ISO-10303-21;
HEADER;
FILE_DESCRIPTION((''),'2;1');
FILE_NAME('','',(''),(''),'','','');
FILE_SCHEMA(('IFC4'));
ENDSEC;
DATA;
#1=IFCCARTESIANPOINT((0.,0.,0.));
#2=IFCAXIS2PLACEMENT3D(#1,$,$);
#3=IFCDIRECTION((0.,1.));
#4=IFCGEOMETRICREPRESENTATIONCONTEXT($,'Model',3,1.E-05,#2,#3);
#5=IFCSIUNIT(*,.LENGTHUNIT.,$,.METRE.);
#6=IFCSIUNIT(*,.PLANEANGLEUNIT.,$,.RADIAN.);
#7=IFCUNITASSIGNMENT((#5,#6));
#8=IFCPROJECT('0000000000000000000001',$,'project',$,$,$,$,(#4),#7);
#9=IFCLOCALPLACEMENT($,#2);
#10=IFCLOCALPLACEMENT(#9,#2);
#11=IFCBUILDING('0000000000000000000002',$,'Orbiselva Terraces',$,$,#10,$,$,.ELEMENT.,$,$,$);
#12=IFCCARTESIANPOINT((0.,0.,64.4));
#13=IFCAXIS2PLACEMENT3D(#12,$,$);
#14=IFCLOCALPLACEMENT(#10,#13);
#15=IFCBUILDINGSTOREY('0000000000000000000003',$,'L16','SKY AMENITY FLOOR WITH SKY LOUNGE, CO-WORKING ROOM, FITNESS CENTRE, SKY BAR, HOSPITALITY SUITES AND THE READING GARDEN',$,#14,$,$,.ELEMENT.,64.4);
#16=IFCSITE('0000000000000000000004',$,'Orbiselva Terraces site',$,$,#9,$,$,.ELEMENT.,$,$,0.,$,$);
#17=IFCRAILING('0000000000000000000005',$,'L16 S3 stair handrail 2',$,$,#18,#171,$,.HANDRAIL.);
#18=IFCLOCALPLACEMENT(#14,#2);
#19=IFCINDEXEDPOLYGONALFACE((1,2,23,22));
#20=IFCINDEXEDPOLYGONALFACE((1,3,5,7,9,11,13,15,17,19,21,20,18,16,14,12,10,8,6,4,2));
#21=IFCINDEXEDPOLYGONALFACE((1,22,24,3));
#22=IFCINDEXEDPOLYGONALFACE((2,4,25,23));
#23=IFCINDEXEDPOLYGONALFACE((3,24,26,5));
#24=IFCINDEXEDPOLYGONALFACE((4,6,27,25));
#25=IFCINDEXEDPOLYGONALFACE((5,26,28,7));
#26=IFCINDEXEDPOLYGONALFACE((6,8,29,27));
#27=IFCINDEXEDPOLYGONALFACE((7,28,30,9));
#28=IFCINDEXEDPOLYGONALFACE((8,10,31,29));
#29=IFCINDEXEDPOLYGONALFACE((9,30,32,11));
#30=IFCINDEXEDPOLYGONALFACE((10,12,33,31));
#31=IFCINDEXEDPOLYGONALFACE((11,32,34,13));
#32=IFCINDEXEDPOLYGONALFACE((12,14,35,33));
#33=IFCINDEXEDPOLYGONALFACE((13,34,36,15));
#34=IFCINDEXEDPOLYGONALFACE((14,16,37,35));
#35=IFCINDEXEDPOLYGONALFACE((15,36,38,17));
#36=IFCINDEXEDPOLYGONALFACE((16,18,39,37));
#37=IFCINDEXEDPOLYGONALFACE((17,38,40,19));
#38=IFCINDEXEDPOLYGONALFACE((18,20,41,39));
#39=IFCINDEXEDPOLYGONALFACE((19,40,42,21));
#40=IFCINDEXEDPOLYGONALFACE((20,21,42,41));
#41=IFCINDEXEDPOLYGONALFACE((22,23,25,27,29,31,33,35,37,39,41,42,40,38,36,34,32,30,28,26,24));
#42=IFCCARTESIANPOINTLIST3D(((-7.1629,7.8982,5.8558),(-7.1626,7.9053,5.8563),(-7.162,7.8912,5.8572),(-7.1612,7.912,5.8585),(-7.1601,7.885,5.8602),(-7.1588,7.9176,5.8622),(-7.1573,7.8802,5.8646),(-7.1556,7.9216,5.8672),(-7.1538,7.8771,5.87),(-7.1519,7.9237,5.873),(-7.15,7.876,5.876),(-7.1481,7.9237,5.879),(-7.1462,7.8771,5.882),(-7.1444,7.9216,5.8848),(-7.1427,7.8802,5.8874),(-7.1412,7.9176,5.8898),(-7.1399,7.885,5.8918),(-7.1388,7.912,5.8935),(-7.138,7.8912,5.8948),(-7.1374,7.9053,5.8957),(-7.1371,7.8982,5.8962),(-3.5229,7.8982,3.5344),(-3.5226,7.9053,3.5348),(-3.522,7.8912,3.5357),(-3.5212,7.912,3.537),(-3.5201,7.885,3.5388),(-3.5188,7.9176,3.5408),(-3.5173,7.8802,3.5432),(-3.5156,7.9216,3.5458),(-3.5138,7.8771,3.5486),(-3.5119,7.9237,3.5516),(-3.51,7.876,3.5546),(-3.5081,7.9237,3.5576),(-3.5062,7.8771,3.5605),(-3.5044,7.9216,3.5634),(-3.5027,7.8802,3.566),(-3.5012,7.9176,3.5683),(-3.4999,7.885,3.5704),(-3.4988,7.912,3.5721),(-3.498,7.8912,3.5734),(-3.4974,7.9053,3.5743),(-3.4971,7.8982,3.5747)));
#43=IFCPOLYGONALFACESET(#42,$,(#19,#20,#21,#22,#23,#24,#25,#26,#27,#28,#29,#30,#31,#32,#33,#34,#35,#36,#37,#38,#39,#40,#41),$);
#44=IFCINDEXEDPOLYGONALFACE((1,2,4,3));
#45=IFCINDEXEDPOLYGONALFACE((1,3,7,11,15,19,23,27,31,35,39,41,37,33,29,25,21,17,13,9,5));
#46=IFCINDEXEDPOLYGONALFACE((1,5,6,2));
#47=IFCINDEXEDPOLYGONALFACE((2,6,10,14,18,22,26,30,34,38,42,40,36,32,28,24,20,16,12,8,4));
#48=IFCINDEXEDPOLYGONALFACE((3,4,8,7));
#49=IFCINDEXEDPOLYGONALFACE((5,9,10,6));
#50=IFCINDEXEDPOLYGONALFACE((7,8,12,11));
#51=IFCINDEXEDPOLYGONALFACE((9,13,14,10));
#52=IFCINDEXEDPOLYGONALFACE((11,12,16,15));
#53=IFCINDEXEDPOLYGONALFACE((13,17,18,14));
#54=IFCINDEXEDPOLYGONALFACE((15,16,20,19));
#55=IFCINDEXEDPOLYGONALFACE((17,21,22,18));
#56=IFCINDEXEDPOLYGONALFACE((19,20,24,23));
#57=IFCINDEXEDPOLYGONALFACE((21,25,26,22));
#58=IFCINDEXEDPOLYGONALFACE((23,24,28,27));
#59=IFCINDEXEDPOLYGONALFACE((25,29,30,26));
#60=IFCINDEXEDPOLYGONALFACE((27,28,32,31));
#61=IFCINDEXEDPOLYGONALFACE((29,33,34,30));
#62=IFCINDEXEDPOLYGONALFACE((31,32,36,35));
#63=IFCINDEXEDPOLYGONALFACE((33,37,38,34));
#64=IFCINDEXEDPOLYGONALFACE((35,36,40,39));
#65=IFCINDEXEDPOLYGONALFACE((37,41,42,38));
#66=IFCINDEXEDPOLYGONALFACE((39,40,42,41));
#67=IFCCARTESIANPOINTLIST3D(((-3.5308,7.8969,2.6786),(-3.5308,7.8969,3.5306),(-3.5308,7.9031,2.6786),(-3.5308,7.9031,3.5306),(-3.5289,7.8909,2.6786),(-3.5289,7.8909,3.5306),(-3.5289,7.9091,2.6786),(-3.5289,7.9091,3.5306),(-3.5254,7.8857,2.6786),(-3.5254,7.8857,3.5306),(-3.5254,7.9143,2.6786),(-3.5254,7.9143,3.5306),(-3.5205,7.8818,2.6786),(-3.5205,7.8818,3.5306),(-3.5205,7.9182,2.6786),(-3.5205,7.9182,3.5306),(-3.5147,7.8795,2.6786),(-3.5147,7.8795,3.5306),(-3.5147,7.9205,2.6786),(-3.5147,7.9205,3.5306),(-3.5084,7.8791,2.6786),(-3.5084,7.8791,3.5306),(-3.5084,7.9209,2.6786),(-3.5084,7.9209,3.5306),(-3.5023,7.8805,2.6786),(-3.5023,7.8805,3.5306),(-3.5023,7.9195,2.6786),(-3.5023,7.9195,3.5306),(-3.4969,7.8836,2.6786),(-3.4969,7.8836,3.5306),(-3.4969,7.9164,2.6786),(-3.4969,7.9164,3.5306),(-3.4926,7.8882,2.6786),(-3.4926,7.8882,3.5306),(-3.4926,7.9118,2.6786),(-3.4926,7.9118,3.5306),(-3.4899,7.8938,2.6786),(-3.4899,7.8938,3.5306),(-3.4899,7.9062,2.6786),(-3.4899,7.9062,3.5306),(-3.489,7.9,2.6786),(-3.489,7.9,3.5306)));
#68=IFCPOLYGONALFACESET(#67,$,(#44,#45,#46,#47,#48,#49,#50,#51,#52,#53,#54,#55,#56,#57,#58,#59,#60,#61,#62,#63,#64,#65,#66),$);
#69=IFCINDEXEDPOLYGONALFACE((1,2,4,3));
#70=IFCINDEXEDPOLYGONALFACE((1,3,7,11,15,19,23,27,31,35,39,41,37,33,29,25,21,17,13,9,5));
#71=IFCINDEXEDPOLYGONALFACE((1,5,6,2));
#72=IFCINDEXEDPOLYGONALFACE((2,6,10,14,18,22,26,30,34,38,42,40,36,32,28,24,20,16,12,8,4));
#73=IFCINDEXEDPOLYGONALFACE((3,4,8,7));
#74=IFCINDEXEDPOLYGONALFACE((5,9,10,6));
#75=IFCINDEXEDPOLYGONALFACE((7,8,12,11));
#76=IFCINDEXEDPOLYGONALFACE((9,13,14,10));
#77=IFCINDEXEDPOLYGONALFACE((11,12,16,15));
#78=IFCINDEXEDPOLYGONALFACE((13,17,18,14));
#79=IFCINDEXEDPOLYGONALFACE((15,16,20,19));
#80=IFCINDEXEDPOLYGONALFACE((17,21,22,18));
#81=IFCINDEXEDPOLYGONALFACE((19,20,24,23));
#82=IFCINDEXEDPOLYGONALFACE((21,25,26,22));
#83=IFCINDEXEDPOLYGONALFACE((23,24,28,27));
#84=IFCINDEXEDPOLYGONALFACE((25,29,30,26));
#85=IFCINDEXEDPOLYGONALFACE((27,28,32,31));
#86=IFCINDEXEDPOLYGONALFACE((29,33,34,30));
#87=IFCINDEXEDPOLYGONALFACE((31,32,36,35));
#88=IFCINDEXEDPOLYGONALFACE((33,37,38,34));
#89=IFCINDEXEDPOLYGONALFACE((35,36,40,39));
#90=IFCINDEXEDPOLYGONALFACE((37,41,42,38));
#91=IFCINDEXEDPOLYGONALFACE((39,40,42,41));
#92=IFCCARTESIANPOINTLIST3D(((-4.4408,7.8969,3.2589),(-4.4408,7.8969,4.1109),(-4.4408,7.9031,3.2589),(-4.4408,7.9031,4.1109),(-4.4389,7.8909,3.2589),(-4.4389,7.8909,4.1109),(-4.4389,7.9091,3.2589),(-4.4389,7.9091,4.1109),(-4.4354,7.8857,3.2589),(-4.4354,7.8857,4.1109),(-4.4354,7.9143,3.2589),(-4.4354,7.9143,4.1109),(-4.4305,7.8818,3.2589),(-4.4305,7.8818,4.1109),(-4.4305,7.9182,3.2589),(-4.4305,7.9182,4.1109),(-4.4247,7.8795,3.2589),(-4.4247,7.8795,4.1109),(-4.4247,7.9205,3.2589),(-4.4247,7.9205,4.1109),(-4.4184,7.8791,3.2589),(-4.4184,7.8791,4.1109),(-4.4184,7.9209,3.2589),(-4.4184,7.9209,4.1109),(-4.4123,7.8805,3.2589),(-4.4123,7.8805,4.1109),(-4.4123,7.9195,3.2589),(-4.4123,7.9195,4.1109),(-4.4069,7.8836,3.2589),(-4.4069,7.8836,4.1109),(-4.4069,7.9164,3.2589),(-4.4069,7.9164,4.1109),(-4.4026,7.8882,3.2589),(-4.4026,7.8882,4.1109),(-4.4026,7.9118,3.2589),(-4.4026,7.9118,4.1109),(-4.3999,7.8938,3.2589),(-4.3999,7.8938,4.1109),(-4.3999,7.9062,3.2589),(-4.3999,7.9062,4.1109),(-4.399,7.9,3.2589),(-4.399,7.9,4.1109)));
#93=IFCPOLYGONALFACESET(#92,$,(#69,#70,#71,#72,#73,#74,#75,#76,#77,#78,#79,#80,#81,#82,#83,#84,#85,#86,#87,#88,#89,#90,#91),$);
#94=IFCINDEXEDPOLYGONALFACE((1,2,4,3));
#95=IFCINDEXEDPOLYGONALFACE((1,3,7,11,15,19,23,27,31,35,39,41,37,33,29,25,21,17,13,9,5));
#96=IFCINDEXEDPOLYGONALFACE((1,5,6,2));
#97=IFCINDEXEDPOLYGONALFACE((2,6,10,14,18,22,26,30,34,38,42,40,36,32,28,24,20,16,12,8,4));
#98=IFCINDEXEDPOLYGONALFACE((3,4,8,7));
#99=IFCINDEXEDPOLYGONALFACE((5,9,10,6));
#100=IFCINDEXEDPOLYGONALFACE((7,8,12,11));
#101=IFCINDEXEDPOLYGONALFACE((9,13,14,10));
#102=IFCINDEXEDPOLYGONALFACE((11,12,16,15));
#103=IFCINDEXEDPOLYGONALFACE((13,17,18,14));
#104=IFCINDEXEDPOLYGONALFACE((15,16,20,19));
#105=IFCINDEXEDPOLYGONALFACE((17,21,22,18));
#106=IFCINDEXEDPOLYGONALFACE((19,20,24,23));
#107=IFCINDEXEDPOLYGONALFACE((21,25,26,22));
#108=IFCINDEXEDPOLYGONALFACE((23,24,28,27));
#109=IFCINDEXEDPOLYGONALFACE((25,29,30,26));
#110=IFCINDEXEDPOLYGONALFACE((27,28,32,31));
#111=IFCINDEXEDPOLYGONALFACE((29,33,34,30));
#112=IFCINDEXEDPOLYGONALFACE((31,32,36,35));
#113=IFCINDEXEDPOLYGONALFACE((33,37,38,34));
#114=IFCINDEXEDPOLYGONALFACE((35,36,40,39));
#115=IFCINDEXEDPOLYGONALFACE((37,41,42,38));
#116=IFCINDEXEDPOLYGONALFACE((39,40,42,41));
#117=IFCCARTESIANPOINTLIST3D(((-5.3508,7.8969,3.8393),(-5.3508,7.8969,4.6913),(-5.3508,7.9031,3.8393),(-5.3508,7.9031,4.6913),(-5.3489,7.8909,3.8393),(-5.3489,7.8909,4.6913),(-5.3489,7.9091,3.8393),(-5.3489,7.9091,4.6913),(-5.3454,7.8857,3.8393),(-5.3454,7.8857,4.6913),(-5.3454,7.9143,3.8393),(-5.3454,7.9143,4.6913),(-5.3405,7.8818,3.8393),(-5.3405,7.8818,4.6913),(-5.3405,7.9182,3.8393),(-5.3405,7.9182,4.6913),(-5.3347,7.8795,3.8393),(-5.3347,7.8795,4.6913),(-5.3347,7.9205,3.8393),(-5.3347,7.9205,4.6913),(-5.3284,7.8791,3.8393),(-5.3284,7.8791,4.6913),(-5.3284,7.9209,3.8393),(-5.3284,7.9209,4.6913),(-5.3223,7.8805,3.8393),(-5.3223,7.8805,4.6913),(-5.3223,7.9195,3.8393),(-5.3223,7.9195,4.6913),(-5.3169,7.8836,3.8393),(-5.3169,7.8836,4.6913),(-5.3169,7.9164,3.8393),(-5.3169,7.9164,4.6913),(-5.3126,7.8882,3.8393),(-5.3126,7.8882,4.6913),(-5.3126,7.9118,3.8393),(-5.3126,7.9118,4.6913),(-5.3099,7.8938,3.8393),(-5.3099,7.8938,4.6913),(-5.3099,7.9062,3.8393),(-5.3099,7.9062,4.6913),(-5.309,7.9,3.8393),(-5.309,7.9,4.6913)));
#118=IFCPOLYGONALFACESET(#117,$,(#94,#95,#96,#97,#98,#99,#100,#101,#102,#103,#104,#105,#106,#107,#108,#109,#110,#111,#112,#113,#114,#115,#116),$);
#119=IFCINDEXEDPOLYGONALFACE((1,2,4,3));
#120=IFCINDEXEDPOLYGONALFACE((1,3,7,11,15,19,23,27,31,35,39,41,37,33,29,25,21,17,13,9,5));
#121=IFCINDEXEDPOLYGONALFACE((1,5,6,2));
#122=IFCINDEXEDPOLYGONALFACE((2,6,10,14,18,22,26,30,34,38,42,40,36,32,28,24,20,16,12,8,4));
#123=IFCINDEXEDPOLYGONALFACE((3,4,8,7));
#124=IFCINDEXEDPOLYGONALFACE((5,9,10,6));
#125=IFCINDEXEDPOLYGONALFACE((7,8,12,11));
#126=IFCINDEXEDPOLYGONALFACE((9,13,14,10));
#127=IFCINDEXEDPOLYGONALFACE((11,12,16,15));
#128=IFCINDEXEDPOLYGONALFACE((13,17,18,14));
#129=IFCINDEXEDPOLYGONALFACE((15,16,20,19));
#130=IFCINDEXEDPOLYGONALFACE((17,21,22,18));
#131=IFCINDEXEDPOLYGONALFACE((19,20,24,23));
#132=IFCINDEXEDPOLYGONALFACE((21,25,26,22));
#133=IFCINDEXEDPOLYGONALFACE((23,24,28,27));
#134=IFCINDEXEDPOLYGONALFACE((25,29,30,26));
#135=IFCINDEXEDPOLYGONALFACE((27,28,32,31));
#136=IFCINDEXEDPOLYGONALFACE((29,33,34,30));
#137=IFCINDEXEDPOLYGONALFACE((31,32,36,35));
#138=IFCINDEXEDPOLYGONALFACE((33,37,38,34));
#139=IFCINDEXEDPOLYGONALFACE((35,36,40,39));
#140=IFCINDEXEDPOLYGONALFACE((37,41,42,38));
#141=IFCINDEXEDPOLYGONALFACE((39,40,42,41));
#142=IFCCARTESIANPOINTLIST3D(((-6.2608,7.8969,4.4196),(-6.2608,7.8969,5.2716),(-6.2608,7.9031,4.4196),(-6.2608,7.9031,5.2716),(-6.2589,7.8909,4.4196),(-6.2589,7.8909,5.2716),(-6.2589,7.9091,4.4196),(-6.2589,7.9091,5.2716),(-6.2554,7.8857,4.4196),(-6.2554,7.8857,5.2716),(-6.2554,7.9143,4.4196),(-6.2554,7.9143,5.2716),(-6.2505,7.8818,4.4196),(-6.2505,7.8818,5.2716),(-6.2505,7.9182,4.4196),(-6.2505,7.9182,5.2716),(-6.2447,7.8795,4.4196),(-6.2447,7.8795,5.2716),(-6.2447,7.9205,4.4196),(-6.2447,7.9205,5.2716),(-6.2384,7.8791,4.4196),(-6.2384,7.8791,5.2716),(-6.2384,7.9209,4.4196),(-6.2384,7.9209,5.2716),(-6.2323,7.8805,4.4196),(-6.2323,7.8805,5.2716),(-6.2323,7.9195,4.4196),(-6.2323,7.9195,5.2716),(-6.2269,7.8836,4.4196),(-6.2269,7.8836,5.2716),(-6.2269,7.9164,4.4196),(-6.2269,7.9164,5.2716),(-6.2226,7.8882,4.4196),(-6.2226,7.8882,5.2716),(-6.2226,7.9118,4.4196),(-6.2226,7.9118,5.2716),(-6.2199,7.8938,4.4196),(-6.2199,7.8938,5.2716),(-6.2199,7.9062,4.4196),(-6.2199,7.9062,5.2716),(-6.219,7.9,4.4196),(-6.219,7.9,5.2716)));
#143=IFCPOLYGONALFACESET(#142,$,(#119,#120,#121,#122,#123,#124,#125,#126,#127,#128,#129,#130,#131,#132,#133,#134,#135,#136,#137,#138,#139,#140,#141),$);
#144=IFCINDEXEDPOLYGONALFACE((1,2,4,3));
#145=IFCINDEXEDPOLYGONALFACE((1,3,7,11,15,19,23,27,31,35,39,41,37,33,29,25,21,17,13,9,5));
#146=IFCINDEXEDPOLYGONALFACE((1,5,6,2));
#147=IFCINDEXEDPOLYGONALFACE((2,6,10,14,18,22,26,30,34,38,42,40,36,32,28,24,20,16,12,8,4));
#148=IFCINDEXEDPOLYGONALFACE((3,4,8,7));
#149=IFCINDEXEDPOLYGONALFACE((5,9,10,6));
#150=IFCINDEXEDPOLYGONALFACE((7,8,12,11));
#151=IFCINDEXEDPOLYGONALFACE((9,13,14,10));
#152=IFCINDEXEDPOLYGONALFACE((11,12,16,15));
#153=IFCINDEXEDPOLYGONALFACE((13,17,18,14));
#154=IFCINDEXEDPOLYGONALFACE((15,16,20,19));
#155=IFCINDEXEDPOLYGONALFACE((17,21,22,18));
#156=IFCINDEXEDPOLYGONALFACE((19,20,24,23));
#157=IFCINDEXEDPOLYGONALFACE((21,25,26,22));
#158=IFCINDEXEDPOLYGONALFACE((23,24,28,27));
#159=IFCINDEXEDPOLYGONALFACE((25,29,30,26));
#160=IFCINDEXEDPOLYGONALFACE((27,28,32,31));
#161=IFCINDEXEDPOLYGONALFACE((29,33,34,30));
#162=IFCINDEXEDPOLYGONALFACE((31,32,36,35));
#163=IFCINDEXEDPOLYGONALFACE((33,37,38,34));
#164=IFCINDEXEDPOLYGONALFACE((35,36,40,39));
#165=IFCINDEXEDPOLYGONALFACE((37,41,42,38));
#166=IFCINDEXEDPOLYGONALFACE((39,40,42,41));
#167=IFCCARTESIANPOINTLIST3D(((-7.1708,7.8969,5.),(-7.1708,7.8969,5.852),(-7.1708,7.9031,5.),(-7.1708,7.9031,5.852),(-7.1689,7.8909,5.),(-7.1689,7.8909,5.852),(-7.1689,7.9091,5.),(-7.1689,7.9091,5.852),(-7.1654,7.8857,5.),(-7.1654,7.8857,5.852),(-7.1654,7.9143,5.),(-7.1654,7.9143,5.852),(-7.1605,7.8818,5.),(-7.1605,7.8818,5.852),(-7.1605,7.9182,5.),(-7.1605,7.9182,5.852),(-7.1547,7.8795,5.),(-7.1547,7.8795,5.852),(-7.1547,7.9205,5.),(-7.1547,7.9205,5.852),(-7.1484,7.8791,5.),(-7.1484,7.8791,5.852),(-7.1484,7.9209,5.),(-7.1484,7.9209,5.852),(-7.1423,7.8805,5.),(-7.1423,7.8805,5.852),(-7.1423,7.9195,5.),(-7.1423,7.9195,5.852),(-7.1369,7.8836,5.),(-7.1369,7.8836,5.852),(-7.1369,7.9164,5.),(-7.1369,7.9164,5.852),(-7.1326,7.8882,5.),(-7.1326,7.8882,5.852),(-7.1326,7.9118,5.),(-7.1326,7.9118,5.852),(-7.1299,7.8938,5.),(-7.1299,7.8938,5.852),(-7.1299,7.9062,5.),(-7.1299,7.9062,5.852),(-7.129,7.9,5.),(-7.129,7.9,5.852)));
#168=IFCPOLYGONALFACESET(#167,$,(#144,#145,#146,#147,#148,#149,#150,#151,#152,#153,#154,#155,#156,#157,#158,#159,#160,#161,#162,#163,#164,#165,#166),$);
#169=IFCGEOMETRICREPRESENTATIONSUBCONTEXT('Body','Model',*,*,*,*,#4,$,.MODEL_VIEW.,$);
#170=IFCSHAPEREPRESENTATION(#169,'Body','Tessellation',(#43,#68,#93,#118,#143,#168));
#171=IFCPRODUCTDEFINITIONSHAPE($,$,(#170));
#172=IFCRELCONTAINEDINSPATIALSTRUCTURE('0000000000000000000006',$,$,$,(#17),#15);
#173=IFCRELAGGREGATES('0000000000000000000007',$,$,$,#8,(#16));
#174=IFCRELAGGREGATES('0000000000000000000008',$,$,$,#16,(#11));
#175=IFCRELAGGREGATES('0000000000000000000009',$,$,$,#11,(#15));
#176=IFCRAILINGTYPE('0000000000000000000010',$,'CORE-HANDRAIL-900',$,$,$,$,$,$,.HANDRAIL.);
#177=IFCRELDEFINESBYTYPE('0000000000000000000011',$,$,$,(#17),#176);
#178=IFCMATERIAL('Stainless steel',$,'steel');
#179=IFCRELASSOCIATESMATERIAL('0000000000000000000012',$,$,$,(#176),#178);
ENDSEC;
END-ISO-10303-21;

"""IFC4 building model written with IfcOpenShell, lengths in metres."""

from ifc_helpers import new_model, si_unit, direction, frame, origin, origin_2d, place, context, subcontext, project, spatial, circle, extrude, material, type_object, element, save


model = new_model("IFC4")

# Units and contexts
model_context = context("Model", 3, precision=1e-05, world=origin(), true_north=direction((0.0, 1.0)))
body_context = subcontext(model_context, "Body", "Model", "MODEL_VIEW")
ifc_project = project(units=[si_unit("LENGTHUNIT", "METRE"), si_unit("PLANEANGLEUNIT", "RADIAN")], contexts=[model_context])

# Site, building, storey
site_placement = place(None, origin())
site = spatial("IfcSite", under=ifc_project, at=site_placement, Name="Orbiselva Terraces site", CompositionType="ELEMENT", RefElevation=0.0)
building_placement = place(site_placement, origin())
building = spatial("IfcBuilding", under=site, at=building_placement, Name="Orbiselva Terraces", CompositionType="ELEMENT")
storey_placement = place(building_placement, frame((0.0, 0.0, 64.4)))
storey = spatial("IfcBuildingStorey", under=building, at=storey_placement, Name="L16", Description="SKY AMENITY FLOOR WITH SKY LOUNGE, CO-WORKING ROOM, FITNESS CENTRE, SKY BAR, HOSPITALITY SUITES AND THE READING GARDEN", CompositionType="ELEMENT", Elevation=64.4)

# Railing
ifc_material_1 = material(Name="Stainless steel", Category="steel")
railing_type_1 = type_object("IfcRailingType", Name="CORE-HANDRAIL-900", PredefinedType="HANDRAIL", material=ifc_material_1)
railing_1_placement = place(storey_placement, frame((-3.51, 7.9, 2.6786)))
element("IfcRailing", 1, at=railing_1_placement, inside=storey, type_object=railing_type_1, Name="L16 S3 stair handrail 2", PredefinedType="HANDRAIL", context=body_context, shape_type="SweptSolid", body=[
    extrude(circle(Radius=0.024, at=origin_2d()), frame((0.0, 0.0, 0.876), z_axis=(-0.84313, 0.0, 0.53771), x_axis=(0.0, -1.0, 0.0)), (0.0, 0.0, 1.0), 4.3172),
    extrude(circle(Radius=0.021, at=origin_2d()), origin(), (0.0, 0.0, 1.0), 0.852),
    extrude(circle(Radius=0.021, at=origin_2d()), frame((-0.91, 0.0, 0.5804)), (0.0, 0.0, 1.0), 0.852),
    extrude(circle(Radius=0.021, at=origin_2d()), frame((-1.82, 0.0, 1.1607)), (0.0, 0.0, 1.0), 0.852),
    extrude(circle(Radius=0.021, at=origin_2d()), frame((-2.73, 0.0, 1.7411)), (0.0, 0.0, 1.0), 0.852),
    extrude(circle(Radius=0.021, at=origin_2d()), frame((-3.64, 0.0, 2.3214)), (0.0, 0.0, 1.0), 0.852),
])

save(model, "model.ifc")
